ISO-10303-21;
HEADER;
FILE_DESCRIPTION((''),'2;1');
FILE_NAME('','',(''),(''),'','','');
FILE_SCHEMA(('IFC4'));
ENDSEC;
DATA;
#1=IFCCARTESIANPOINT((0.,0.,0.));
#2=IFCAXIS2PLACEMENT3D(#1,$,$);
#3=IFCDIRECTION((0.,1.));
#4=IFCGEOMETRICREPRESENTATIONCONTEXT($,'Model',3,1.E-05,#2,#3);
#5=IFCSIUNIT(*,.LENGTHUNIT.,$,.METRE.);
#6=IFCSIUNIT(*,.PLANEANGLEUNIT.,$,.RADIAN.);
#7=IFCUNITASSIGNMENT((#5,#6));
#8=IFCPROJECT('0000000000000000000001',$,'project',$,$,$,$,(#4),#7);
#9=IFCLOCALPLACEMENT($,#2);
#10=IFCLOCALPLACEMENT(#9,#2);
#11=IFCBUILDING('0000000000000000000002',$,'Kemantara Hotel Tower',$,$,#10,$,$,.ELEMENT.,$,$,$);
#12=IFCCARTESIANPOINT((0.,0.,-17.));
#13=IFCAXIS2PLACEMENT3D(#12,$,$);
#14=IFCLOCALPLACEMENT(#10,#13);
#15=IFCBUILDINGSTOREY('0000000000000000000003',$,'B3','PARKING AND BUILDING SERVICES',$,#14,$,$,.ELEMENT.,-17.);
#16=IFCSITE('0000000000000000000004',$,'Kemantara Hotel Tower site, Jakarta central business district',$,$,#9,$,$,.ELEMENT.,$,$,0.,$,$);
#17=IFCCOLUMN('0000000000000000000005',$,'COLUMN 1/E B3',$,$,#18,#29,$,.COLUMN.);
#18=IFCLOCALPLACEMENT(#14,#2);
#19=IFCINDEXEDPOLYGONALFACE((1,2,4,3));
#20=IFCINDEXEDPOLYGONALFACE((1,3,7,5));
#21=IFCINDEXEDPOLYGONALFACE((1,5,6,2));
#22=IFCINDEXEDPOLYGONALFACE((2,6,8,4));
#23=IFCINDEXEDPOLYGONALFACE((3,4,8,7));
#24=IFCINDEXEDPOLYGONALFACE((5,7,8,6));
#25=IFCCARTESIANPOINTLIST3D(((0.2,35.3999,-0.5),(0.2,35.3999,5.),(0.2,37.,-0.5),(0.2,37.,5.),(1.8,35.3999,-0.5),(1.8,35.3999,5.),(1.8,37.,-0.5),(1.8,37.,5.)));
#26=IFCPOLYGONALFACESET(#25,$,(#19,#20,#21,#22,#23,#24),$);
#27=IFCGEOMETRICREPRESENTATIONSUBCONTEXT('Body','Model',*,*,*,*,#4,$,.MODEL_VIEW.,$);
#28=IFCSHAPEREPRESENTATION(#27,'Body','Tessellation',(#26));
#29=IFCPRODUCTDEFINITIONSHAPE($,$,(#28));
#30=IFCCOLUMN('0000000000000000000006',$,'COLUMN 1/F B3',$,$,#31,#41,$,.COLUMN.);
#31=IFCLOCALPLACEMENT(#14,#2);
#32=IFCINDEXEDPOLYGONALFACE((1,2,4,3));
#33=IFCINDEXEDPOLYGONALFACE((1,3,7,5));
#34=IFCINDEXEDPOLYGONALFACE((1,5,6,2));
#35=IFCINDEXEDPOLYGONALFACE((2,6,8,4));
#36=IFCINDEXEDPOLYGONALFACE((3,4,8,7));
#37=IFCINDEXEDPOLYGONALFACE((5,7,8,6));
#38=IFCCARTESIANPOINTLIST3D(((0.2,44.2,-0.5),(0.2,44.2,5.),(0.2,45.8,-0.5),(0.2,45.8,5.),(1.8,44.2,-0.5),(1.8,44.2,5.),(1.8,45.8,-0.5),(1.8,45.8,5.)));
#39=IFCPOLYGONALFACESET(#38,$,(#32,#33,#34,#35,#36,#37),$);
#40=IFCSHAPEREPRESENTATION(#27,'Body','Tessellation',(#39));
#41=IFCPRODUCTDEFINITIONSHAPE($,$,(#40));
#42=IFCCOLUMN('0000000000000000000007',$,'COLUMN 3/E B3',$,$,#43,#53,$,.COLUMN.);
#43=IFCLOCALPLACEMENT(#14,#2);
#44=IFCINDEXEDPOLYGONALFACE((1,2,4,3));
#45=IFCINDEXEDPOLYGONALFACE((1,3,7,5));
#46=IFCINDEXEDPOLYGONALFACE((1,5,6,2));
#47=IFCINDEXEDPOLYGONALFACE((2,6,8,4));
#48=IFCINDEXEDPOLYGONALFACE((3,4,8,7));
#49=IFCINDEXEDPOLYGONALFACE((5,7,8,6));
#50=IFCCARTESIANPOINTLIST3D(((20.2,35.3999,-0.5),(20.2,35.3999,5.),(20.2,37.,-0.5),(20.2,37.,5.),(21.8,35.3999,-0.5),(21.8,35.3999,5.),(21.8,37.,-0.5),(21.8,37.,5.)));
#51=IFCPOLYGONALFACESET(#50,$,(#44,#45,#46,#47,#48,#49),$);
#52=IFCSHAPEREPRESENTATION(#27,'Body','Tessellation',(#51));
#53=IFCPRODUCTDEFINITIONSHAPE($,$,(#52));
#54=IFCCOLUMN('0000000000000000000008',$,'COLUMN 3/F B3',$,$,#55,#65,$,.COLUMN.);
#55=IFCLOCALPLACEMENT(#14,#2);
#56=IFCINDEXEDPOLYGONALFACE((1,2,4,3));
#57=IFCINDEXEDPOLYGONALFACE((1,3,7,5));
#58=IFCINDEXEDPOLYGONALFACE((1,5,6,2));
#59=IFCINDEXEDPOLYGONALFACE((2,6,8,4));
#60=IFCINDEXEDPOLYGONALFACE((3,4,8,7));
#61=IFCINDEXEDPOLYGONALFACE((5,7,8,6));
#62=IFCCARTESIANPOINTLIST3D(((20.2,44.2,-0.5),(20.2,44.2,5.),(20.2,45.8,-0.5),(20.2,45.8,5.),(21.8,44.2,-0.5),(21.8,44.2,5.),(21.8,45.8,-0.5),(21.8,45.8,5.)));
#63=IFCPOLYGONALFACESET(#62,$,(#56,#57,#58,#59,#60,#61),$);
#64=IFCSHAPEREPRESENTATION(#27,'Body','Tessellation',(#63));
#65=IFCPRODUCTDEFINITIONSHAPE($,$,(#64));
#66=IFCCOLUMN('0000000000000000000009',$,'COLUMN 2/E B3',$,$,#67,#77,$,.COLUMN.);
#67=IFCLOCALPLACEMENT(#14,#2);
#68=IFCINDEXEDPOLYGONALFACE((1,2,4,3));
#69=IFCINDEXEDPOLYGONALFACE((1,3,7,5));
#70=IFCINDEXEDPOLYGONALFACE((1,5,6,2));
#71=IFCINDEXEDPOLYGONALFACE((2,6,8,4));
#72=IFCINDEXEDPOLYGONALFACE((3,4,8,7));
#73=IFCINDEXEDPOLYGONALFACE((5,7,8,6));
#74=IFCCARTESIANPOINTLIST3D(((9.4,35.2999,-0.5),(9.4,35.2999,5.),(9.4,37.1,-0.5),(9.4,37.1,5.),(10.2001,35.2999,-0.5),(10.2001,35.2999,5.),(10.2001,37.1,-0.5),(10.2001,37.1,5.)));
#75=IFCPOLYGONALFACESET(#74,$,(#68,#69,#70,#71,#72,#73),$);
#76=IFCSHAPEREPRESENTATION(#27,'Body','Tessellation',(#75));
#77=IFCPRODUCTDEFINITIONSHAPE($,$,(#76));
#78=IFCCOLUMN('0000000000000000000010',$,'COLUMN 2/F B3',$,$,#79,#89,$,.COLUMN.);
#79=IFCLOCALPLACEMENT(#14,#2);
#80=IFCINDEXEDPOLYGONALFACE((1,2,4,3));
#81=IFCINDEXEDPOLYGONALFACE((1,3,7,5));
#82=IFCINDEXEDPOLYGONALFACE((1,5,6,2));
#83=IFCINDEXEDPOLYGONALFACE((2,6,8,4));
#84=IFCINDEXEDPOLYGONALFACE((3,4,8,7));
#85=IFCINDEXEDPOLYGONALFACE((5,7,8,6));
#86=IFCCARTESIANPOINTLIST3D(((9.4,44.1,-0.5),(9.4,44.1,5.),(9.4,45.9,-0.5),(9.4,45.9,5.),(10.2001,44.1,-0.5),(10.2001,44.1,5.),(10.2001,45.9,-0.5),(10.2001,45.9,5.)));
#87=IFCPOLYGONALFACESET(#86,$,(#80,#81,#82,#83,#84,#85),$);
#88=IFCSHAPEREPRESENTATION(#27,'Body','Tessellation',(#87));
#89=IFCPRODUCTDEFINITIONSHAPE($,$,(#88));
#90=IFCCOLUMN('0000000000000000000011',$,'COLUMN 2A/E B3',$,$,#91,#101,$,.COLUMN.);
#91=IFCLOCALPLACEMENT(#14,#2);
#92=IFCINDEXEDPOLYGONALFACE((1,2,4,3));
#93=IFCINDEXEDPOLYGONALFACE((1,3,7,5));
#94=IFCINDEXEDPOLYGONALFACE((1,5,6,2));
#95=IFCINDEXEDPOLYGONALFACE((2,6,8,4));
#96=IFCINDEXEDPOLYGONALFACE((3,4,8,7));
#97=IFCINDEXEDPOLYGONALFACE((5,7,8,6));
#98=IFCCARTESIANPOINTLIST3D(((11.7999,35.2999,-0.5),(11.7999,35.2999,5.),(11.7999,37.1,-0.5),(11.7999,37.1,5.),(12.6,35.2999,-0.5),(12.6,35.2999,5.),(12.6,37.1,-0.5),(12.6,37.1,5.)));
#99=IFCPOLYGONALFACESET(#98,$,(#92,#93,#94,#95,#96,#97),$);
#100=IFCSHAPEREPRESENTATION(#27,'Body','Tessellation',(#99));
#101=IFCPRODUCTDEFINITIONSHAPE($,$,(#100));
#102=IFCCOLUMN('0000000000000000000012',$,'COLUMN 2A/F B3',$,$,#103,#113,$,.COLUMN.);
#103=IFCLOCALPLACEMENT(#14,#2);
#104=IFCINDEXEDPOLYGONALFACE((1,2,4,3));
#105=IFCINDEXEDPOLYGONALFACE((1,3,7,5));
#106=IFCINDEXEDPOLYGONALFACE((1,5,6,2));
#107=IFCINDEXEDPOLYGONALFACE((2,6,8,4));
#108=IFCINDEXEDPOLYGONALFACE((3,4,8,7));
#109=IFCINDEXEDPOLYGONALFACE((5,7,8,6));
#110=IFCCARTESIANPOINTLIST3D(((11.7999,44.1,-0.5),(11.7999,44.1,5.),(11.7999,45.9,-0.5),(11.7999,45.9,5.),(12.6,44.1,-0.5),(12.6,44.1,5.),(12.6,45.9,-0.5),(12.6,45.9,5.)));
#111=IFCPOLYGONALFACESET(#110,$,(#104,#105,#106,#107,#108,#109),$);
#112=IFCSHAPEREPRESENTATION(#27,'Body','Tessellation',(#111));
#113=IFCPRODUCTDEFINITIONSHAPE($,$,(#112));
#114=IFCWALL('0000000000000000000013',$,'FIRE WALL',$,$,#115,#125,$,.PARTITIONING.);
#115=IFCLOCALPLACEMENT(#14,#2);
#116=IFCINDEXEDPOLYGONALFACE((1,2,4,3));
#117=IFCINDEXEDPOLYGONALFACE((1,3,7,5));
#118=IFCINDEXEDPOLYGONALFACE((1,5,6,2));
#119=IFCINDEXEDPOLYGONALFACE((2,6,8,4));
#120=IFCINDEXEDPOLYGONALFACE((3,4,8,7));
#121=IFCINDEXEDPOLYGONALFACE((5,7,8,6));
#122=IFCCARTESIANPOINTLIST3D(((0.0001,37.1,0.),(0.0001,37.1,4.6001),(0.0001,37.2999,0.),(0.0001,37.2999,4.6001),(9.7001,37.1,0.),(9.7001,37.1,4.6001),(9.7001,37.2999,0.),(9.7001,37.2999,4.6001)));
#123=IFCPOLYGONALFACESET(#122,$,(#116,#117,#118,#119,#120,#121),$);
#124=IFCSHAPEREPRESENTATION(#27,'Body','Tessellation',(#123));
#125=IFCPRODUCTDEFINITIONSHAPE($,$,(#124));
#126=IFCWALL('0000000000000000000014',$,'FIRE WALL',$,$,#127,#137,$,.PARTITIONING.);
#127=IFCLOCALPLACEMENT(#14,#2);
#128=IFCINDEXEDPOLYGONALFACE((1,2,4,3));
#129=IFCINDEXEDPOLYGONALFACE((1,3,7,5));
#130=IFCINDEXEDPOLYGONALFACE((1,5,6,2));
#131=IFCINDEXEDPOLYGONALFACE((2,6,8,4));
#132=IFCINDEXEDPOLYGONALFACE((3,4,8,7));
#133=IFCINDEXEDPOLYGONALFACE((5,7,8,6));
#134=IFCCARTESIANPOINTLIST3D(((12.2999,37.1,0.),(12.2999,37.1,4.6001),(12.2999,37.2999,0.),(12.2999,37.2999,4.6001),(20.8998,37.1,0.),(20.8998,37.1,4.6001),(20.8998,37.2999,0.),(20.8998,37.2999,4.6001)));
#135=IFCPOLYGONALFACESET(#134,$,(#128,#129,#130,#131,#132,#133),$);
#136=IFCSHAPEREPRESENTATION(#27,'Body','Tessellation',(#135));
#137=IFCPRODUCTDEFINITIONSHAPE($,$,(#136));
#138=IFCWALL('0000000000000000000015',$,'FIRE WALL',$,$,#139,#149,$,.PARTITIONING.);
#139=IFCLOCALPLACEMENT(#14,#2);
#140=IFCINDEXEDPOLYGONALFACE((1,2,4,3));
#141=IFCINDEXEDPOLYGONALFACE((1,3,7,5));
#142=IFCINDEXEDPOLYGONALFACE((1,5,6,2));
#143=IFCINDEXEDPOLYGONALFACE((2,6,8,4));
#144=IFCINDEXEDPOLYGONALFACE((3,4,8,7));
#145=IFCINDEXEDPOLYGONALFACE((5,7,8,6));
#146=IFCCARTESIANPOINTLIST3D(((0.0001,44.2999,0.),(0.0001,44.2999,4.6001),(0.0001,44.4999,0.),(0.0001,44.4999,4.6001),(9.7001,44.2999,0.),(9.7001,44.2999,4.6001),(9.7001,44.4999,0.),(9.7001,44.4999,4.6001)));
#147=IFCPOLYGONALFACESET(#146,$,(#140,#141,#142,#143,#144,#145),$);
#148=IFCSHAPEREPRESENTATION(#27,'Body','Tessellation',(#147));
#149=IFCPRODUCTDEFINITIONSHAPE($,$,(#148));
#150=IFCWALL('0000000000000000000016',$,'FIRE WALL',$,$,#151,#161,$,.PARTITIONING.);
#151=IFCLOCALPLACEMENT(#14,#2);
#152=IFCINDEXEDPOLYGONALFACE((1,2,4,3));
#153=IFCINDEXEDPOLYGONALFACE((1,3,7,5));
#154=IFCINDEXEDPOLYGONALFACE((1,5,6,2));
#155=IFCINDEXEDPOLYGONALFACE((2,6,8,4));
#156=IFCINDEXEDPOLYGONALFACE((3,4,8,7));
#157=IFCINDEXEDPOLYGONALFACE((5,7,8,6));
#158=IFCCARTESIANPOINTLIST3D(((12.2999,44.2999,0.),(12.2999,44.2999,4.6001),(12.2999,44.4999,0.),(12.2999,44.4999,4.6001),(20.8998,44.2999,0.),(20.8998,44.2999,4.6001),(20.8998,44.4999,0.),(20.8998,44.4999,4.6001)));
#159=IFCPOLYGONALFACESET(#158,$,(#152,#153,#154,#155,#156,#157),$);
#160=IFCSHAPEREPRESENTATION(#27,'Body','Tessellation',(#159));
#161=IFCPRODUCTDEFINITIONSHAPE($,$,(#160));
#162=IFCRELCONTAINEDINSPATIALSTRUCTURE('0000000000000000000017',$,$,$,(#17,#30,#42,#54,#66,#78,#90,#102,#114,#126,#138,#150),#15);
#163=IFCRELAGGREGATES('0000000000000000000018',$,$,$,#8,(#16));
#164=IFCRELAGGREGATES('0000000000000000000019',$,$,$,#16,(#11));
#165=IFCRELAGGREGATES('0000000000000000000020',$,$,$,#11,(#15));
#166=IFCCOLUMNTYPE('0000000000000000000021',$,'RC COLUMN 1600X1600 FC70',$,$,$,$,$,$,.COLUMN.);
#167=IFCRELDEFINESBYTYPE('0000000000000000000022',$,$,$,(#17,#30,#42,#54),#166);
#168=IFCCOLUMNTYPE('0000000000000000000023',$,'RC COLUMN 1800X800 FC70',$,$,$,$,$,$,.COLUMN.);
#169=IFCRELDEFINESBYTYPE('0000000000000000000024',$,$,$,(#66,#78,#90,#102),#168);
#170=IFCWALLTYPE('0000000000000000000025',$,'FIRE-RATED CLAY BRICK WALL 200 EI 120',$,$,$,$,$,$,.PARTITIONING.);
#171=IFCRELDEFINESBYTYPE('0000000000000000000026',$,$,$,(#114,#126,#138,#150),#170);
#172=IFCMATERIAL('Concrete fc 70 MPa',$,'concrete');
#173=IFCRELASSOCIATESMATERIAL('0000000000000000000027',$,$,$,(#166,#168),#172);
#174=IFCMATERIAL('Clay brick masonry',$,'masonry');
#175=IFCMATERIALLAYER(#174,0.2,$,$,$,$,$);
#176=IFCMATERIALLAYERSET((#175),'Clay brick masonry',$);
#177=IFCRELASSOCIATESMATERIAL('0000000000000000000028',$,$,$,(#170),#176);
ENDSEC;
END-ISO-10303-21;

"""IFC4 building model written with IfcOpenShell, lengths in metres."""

from ifc_helpers import new_model, si_unit, direction, frame, frame_2d, origin, origin_2d, place, context, subcontext, project, spatial, rectangle, extrude, material, layer, layer_set, material_profile, profile_set, type_object, element, save


model = new_model("IFC4")

# Units and contexts
model_context = context("Model", 3, precision=1e-05, world=origin(), true_north=direction((0.0, 1.0)))
body_context = subcontext(model_context, "Body", "Model", "MODEL_VIEW")
ifc_project = project(units=[si_unit("LENGTHUNIT", "METRE"), si_unit("PLANEANGLEUNIT", "RADIAN")], contexts=[model_context])

# Site, building, storey
site_placement = place(None, origin())
site = spatial("IfcSite", under=ifc_project, at=site_placement, Name="Kemantara Hotel Tower site, Jakarta central business district", CompositionType="ELEMENT", RefElevation=0.0)
building_placement = place(site_placement, origin())
building = spatial("IfcBuilding", under=site, at=building_placement, Name="Kemantara Hotel Tower", CompositionType="ELEMENT")
storey_placement = place(building_placement, frame((0.0, 0.0, -17.0)))
storey = spatial("IfcBuildingStorey", under=building, at=storey_placement, Name="B3", Description="PARKING AND BUILDING SERVICES", CompositionType="ELEMENT", Elevation=-17.0)

# Columns
ifc_material_1 = material(Name="Concrete fc 70 MPa", Category="concrete")
ifc_material_profile_1 = material_profile(ifc_material_1, rectangle(XDim=1.6001, YDim=1.6001, at=origin_2d()), Name="RC 1600X1600")
ifc_profile_set_1 = profile_set([ifc_material_profile_1], Name="Concrete fc 70 MPa")
column_type_1 = type_object("IfcColumnType", Name="RC COLUMN 1600X1600 FC70", PredefinedType="COLUMN", material=ifc_profile_set_1)
for number, where, z_axis, x_axis, name in (
    (1, (1.0, 36.2, -0.5), (0.0, 0.0, 1.0), (1.0, 0.0, 0.0), "COLUMN 1/E B3"),
    (2, (1.0, 45.0, -0.5), (0.0, 0.0, 1.0), (1.0, 0.0, 0.0), "COLUMN 1/F B3"),
    (3, (21.0, 36.2, -0.5), (0.0, 0.0, 1.0), (1.0, 0.0, 0.0), "COLUMN 3/E B3"),
    (4, (21.0, 45.0, -0.5), (0.0, 0.0, 1.0), (1.0, 0.0, 0.0), "COLUMN 3/F B3"),
):
    element("IfcColumn", number, at=place(storey_placement, frame(where, z_axis=z_axis, x_axis=x_axis)), inside=storey, type_object=column_type_1, Name=name, PredefinedType="COLUMN", context=body_context, shape_type="SweptSolid", body=[
        extrude(rectangle(XDim=1.6001, YDim=1.6001, at=origin_2d()), origin(), (0.0, 0.0, 1.0), 5.5),
    ])
ifc_material_profile_2 = material_profile(ifc_material_1, rectangle(XDim=1.8, YDim=0.8, at=origin_2d()), Name="RC 1800X800")
ifc_profile_set_2 = profile_set([ifc_material_profile_2], Name="Concrete fc 70 MPa")
column_type_2 = type_object("IfcColumnType", Name="RC COLUMN 1800X800 FC70", PredefinedType="COLUMN", material=ifc_profile_set_2)
for number, where, z_axis, x_axis, name in (
    (5, (9.8, 36.2, -0.5), (0.0, 0.0, 1.0), (0.0, 1.0, 0.0), "COLUMN 2/E B3"),
    (6, (9.8, 45.0, -0.5), (0.0, 0.0, 1.0), (0.0, 1.0, 0.0), "COLUMN 2/F B3"),
    (7, (12.2, 36.2, -0.5), (0.0, 0.0, 1.0), (0.0, 1.0, 0.0), "COLUMN 2A/E B3"),
    (8, (12.2, 45.0, -0.5), (0.0, 0.0, 1.0), (0.0, 1.0, 0.0), "COLUMN 2A/F B3"),
):
    element("IfcColumn", number, at=place(storey_placement, frame(where, z_axis=z_axis, x_axis=x_axis)), inside=storey, type_object=column_type_2, Name=name, PredefinedType="COLUMN", context=body_context, shape_type="SweptSolid", body=[
        extrude(rectangle(XDim=1.8, YDim=0.8, at=origin_2d()), origin(), (0.0, 0.0, 1.0), 5.5),
    ])

# Walls
ifc_material_2 = material(Name="Clay brick masonry", Category="masonry")
ifc_layer = layer(ifc_material_2, 0.2)
ifc_layer_set = layer_set([ifc_layer], Name="Clay brick masonry")
wall_type = type_object("IfcWallType", Name="FIRE-RATED CLAY BRICK WALL 200 EI 120", PredefinedType="PARTITIONING", material=ifc_layer_set)
wall_1_placement = place(storey_placement, frame((0.0, 37.2, 0.0), z_axis=(0.0, 0.0, 1.0), x_axis=(1.0, 0.0, 0.0)))
element("IfcWall", 9, at=wall_1_placement, inside=storey, type_object=wall_type, Name="FIRE WALL", PredefinedType="PARTITIONING", context=body_context, shape_type="SweptSolid", body=[
    extrude(rectangle(XDim=9.7, YDim=0.2, at=frame_2d((4.8501, 0.0))), origin(), (0.0, 0.0, 1.0), 4.6001),
])
wall_2_placement = place(storey_placement, frame((12.3, 37.2, 0.0), z_axis=(0.0, 0.0, 1.0), x_axis=(1.0, 0.0, 0.0)))
element("IfcWall", 10, at=wall_2_placement, inside=storey, type_object=wall_type, Name="FIRE WALL", PredefinedType="PARTITIONING", context=body_context, shape_type="SweptSolid", body=[
    extrude(rectangle(XDim=8.5999, YDim=0.2, at=frame_2d((4.2998, 0.0))), origin(), (0.0, 0.0, 1.0), 4.6001),
])
wall_3_placement = place(storey_placement, frame((0.0, 44.3999, 0.0), z_axis=(0.0, 0.0, 1.0), x_axis=(1.0, 0.0, 0.0)))
element("IfcWall", 11, at=wall_3_placement, inside=storey, type_object=wall_type, Name="FIRE WALL", PredefinedType="PARTITIONING", context=body_context, shape_type="SweptSolid", body=[
    extrude(rectangle(XDim=9.7, YDim=0.2, at=frame_2d((4.8501, 0.0))), origin(), (0.0, 0.0, 1.0), 4.6001),
])
wall_4_placement = place(storey_placement, frame((12.3, 44.3999, 0.0), z_axis=(0.0, 0.0, 1.0), x_axis=(1.0, 0.0, 0.0)))
element("IfcWall", 12, at=wall_4_placement, inside=storey, type_object=wall_type, Name="FIRE WALL", PredefinedType="PARTITIONING", context=body_context, shape_type="SweptSolid", body=[
    extrude(rectangle(XDim=8.5999, YDim=0.2, at=frame_2d((4.2998, 0.0))), origin(), (0.0, 0.0, 1.0), 4.6001),
])

save(model, "model.ifc")
